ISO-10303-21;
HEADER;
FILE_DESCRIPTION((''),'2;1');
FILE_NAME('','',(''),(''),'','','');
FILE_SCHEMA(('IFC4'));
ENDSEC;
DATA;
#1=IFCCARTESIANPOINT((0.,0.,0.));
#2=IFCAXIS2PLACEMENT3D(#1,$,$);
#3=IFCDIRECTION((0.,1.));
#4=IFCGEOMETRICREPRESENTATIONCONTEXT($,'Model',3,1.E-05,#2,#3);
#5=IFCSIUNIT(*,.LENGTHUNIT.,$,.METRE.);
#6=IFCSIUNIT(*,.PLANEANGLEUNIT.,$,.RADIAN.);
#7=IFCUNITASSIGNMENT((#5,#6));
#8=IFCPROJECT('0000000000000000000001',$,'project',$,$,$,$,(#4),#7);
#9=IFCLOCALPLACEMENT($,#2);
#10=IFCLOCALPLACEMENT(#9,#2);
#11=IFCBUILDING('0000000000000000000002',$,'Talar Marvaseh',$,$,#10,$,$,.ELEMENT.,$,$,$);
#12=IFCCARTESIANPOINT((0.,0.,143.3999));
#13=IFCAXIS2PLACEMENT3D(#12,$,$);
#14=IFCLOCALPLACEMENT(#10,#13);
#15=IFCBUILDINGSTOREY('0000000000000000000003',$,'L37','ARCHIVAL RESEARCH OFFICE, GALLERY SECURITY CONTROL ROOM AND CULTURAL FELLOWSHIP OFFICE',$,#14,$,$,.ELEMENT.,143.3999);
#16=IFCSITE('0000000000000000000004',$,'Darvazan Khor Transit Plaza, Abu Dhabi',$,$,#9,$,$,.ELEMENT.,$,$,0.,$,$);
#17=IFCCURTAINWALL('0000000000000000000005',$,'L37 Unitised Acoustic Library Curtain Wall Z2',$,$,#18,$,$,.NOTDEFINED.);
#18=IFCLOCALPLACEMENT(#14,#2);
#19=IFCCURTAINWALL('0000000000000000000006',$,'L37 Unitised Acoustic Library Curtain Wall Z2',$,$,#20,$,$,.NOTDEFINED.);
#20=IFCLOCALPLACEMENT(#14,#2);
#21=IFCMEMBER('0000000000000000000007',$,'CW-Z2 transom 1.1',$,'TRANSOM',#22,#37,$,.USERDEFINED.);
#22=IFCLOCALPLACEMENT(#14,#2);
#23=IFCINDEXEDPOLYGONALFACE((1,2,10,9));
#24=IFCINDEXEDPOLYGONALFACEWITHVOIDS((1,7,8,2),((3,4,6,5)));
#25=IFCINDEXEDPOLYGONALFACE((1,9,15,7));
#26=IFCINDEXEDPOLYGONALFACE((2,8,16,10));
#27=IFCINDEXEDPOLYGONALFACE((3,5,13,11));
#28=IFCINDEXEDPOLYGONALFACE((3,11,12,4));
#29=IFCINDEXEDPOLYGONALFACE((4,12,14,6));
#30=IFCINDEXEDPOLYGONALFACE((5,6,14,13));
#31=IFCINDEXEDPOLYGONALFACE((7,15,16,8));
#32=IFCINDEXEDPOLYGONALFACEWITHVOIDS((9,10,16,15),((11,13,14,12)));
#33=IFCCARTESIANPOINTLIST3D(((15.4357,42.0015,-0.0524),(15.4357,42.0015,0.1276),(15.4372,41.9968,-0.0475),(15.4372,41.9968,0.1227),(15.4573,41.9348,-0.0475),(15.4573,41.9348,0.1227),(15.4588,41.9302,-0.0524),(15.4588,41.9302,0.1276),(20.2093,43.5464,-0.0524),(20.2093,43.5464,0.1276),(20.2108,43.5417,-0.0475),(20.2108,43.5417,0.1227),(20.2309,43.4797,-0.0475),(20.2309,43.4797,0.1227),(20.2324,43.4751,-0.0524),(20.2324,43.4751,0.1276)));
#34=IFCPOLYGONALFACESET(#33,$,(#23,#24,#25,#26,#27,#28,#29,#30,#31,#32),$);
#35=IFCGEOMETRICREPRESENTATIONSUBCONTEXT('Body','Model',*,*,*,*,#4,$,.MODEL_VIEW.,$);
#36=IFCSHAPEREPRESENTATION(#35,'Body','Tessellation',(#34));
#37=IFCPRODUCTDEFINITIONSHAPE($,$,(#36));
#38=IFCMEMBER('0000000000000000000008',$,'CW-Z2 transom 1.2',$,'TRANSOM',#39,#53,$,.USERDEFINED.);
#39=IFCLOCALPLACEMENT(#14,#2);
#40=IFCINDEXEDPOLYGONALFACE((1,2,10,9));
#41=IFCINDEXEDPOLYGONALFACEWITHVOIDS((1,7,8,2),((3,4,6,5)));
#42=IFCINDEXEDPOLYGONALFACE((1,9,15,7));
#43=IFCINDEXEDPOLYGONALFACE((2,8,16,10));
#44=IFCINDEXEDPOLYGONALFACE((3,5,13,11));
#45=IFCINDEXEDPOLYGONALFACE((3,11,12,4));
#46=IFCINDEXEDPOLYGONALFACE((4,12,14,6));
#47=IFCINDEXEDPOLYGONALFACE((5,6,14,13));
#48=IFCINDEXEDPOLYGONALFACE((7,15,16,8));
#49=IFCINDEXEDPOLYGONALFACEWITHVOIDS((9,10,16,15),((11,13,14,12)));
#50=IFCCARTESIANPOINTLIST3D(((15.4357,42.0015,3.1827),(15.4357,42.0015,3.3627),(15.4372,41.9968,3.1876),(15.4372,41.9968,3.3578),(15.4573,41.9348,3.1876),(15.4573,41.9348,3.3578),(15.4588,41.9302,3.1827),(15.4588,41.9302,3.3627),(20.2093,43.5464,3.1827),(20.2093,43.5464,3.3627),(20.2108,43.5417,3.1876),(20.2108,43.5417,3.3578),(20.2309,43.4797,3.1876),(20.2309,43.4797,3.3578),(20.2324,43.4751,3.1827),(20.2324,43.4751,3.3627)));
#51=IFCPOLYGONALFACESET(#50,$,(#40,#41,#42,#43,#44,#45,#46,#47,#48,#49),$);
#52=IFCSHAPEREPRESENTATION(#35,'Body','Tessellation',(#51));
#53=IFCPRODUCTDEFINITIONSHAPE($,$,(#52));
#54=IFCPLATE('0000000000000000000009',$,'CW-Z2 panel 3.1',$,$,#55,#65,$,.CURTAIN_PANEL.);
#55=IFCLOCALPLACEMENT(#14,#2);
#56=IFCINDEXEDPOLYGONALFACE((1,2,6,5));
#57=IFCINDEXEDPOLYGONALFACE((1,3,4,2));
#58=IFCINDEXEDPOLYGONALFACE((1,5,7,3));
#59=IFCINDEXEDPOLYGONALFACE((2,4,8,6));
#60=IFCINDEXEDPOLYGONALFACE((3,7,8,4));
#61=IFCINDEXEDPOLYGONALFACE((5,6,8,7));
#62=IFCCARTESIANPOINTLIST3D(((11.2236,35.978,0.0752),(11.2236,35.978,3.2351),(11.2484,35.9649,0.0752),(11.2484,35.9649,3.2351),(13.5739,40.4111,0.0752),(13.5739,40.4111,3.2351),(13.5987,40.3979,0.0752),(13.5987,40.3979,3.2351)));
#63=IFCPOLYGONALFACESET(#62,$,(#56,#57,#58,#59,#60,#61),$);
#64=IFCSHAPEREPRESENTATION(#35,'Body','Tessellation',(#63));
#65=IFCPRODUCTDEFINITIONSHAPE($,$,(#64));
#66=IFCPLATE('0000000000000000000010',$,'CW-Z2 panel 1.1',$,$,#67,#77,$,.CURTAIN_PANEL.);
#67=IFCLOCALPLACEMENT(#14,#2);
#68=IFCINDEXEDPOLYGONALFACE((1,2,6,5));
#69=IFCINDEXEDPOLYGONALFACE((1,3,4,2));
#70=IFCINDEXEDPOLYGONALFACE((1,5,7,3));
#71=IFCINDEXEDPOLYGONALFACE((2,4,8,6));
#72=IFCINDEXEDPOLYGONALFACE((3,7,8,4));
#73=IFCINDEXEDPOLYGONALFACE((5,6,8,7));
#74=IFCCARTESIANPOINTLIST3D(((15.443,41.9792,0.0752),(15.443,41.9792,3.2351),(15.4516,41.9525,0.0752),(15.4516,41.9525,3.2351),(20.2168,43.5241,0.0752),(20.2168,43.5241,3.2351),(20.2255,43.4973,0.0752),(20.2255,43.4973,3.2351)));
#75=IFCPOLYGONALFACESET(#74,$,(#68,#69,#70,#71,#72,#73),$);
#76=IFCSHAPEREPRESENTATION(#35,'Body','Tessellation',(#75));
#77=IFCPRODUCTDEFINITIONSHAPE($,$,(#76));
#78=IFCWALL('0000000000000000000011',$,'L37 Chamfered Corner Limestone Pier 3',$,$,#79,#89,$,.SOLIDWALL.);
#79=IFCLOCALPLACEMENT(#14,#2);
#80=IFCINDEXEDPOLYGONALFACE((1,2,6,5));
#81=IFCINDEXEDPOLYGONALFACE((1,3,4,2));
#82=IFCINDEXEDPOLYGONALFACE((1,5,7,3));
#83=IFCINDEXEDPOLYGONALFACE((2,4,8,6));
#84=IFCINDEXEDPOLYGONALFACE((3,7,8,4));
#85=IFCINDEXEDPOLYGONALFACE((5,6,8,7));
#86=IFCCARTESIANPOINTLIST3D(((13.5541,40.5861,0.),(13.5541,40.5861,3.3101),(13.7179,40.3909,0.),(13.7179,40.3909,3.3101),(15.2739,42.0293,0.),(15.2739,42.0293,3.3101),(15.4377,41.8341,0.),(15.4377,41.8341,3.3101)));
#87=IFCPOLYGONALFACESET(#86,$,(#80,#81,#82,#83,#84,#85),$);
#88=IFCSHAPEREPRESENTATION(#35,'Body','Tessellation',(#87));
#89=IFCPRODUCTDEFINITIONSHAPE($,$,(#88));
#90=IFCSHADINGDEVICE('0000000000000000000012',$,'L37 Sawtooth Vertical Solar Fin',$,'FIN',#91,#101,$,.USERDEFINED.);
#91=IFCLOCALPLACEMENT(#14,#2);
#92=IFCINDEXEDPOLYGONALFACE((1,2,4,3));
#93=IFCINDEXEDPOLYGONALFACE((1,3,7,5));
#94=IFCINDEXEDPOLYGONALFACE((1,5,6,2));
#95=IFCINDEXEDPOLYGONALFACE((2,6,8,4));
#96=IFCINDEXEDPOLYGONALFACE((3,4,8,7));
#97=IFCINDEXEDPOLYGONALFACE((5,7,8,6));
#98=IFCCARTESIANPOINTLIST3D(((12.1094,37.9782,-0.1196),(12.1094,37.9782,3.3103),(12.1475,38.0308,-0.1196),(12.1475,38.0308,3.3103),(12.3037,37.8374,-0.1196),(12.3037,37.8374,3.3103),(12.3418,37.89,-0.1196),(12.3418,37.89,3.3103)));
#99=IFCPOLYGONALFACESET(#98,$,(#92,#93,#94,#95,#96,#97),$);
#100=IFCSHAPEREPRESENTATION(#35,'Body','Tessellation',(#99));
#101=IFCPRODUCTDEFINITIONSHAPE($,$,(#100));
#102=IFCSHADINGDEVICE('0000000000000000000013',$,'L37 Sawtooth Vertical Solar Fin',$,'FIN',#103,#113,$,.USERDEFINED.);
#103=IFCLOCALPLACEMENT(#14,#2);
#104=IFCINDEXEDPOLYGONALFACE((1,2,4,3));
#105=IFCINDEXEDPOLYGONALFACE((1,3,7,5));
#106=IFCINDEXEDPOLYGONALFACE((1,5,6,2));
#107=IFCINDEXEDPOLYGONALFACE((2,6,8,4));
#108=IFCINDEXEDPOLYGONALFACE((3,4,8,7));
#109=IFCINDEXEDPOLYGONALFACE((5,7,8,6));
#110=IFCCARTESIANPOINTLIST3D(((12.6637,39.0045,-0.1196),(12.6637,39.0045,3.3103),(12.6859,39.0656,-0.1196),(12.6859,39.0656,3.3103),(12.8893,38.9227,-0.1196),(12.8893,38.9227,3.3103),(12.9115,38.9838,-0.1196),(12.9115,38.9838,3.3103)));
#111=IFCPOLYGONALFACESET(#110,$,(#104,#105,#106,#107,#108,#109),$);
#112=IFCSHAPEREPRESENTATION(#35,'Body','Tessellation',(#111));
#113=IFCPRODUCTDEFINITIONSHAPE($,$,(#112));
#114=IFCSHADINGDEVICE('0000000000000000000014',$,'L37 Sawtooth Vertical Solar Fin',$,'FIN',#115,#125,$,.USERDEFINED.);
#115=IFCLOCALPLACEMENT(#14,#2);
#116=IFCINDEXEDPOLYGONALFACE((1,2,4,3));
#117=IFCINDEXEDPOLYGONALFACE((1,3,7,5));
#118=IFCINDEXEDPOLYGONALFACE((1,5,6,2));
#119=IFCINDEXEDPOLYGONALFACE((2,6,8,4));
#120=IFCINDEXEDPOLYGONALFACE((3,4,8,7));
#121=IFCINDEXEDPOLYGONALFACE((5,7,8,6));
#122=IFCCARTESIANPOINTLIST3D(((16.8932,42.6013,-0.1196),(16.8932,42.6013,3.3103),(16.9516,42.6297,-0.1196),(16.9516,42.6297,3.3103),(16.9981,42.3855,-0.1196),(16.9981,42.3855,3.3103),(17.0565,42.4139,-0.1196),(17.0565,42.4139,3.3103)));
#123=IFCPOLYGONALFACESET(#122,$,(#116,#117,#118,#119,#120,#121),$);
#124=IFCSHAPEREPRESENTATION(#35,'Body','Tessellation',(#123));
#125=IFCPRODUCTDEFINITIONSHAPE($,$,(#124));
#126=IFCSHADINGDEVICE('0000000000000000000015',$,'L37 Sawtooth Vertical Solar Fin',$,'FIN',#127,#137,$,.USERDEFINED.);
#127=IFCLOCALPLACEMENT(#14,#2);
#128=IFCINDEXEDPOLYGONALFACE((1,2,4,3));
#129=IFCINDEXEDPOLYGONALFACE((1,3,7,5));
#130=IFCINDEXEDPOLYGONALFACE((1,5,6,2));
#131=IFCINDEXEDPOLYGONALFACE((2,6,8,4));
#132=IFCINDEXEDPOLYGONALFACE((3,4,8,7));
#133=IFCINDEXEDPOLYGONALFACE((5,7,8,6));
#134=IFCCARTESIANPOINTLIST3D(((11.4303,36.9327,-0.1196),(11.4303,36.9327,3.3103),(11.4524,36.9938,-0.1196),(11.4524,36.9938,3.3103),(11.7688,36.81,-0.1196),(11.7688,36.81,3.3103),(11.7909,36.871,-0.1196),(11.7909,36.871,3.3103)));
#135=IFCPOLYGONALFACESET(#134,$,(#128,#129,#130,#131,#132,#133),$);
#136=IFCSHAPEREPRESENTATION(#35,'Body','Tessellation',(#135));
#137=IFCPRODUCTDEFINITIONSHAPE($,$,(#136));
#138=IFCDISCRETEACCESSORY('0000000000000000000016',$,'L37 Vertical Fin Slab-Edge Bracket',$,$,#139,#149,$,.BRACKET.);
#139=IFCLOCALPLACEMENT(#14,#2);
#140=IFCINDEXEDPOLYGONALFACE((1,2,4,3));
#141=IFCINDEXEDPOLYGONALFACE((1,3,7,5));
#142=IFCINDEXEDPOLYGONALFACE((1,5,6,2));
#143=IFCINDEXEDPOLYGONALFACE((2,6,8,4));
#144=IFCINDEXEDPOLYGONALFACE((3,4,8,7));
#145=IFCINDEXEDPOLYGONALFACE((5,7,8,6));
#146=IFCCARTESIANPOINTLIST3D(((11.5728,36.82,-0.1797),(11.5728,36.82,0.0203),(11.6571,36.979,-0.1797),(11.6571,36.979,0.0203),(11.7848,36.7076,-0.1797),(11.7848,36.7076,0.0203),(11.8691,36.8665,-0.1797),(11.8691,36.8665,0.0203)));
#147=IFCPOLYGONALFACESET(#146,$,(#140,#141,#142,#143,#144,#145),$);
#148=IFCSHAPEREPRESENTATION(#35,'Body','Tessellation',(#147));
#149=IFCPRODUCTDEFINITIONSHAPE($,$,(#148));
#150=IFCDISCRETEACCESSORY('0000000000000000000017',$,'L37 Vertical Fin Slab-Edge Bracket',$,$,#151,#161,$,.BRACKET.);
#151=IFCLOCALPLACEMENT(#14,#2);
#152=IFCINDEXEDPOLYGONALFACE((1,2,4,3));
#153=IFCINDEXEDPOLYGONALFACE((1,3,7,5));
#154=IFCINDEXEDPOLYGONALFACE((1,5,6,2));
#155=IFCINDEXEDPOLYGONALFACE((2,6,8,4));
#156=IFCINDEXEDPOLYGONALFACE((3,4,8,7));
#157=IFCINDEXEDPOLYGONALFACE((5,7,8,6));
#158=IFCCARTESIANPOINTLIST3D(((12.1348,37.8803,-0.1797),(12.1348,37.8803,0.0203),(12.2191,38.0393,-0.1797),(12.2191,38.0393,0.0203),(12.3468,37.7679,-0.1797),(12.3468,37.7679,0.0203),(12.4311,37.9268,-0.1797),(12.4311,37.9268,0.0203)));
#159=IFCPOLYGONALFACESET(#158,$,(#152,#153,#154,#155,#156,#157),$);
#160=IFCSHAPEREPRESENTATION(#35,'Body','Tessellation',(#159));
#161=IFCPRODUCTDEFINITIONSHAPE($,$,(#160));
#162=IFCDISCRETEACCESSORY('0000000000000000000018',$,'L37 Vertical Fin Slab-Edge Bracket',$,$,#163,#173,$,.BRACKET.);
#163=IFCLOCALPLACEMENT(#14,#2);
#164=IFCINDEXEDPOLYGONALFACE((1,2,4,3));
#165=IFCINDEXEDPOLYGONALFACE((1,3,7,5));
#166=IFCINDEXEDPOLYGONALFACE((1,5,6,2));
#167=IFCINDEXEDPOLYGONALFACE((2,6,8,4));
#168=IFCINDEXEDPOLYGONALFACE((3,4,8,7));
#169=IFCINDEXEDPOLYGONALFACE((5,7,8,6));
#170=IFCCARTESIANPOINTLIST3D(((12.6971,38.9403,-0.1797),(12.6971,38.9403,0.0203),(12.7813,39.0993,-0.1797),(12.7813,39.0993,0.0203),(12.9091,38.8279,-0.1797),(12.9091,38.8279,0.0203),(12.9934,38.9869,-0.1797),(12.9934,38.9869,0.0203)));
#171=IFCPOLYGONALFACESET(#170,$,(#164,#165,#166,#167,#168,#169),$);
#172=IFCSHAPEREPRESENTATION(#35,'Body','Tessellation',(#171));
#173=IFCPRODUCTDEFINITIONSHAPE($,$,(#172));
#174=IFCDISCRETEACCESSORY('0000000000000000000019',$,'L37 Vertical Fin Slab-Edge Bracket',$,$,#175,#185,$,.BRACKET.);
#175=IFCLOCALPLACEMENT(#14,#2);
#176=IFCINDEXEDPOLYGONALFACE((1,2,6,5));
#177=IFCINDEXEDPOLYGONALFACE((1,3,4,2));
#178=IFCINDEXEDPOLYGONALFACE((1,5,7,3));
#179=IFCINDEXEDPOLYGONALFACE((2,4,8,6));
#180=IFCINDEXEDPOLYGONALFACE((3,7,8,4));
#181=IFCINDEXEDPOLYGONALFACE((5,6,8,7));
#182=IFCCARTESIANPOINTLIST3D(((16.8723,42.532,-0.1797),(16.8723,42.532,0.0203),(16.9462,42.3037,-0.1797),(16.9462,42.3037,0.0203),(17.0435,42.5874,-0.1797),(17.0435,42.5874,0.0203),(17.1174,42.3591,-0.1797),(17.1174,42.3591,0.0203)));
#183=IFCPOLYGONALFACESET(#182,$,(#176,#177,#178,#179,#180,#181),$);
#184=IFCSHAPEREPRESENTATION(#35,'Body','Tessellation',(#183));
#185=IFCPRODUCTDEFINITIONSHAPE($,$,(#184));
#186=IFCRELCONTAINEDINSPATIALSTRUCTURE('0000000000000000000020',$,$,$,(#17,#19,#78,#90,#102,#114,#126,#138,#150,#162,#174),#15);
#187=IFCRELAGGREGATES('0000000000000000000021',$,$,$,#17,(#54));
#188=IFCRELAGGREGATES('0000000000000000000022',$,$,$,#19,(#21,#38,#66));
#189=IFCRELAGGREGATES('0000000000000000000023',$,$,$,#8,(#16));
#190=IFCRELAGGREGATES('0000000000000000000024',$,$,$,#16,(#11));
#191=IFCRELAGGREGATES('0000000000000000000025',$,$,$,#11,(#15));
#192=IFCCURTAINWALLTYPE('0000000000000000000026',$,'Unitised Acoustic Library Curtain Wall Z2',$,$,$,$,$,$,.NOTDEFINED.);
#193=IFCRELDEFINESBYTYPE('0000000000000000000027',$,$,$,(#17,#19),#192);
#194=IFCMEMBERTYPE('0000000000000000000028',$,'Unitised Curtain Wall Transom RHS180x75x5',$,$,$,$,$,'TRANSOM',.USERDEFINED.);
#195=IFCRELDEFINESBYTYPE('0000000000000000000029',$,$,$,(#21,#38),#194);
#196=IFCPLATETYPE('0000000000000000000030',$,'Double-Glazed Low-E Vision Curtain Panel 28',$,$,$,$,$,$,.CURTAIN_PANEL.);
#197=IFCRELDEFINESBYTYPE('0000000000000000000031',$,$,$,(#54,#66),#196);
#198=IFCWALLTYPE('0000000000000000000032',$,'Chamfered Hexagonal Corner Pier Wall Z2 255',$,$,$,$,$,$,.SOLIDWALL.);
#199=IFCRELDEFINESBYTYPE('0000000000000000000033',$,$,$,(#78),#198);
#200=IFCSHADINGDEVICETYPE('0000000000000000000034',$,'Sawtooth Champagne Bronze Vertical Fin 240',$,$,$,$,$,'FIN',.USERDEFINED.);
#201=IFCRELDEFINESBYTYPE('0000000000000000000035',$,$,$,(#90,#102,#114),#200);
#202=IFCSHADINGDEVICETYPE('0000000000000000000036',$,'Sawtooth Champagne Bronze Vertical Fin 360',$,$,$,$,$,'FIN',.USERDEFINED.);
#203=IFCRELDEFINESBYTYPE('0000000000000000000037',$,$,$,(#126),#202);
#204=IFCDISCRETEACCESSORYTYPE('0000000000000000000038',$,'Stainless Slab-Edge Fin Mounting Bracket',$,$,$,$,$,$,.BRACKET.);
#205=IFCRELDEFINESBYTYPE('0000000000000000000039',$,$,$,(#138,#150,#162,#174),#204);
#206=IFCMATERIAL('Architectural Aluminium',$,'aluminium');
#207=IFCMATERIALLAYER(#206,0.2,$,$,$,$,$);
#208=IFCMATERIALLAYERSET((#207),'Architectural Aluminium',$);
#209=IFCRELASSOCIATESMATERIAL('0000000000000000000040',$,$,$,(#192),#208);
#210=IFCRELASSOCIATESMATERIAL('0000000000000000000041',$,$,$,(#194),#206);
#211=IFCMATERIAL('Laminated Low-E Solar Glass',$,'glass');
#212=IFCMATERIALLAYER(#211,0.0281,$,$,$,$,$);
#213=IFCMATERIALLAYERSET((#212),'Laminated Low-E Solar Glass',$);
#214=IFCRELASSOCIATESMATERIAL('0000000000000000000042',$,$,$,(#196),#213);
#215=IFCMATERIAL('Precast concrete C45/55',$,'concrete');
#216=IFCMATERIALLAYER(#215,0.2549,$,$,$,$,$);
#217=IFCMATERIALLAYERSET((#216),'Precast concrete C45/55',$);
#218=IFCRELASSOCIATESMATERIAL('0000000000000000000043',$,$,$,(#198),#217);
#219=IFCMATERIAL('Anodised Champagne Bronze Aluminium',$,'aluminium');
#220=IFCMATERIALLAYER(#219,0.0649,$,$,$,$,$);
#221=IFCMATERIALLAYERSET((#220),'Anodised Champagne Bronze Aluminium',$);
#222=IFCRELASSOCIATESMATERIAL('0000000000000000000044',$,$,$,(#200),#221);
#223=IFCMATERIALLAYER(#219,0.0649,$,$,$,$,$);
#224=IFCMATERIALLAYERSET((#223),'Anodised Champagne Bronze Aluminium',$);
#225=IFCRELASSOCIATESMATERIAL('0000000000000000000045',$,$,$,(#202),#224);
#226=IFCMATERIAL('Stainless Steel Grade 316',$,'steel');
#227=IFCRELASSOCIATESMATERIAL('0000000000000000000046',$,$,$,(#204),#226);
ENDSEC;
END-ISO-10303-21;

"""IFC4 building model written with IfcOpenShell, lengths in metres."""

from ifc_helpers import new_model, si_unit, direction, frame, frame_2d, origin, origin_2d, place, context, subcontext, project, spatial, rectangle, hollow_rectangle, extrude, source, transform, mapped, material, layer, layer_set, material_profile, profile_set, type_object, type_shapes, element, aggregate, save


model = new_model("IFC4")

# Units and contexts
model_context = context("Model", 3, precision=1e-05, world=origin(), true_north=direction((0.0, 1.0)))
body_context = subcontext(model_context, "Body", "Model", "MODEL_VIEW")
ifc_project = project(units=[si_unit("LENGTHUNIT", "METRE"), si_unit("PLANEANGLEUNIT", "RADIAN")], contexts=[model_context])

# Site, building, storey
site_placement = place(None, origin())
site = spatial("IfcSite", under=ifc_project, at=site_placement, Name="Darvazan Khor Transit Plaza, Abu Dhabi", CompositionType="ELEMENT", RefElevation=0.0)
building_placement = place(site_placement, origin())
building = spatial("IfcBuilding", under=site, at=building_placement, Name="Talar Marvaseh", CompositionType="ELEMENT")
storey_placement = place(building_placement, frame((0.0, 0.0, 143.3999)))
storey = spatial("IfcBuildingStorey", under=building, at=storey_placement, Name="L37", Description="ARCHIVAL RESEARCH OFFICE, GALLERY SECURITY CONTROL ROOM AND CULTURAL FELLOWSHIP OFFICE", CompositionType="ELEMENT", Elevation=143.3999)

# Curtain walls
ifc_material_1 = material(Name="Architectural Aluminium", Category="aluminium")
ifc_layer_1 = layer(ifc_material_1, 0.2)
ifc_layer_set_1 = layer_set([ifc_layer_1], Name="Architectural Aluminium")
curtain_wall_type = type_object("IfcCurtainWallType", Name="Unitised Acoustic Library Curtain Wall Z2", PredefinedType="NOTDEFINED", material=ifc_layer_set_1)
curtain_wall_1_placement = place(storey_placement, origin())
curtain_wall_1 = element("IfcCurtainWall", 1, at=curtain_wall_1_placement, inside=storey, type_object=curtain_wall_type, Name="L37 Unitised Acoustic Library Curtain Wall Z2", PredefinedType="NOTDEFINED")
curtain_wall_2_placement = place(storey_placement, origin())
curtain_wall_2 = element("IfcCurtainWall", 2, at=curtain_wall_2_placement, inside=storey, type_object=curtain_wall_type, Name="L37 Unitised Acoustic Library Curtain Wall Z2", PredefinedType="NOTDEFINED")

# Members
ifc_material_profile_1 = material_profile(ifc_material_1, hollow_rectangle(XDim=0.075, YDim=0.1799, WallThickness=0.0049, at=origin_2d()), Name="RHS180x75x5")
ifc_profile_set_1 = profile_set([ifc_material_profile_1], Name="Architectural Aluminium")
member_type_1 = type_object("IfcMemberType", Name="Unitised Curtain Wall Transom RHS180x75x5", ElementType="TRANSOM", PredefinedType="USERDEFINED", material=ifc_profile_set_1)
shared_shape_1 = source(origin(), body_context, "Body", "SweptSolid", [
    extrude(hollow_rectangle(XDim=0.075, YDim=0.1799, WallThickness=0.0049, at=origin_2d()), origin(), (0.0, 0.0, 1.0), 5.0173),
])
member_1_placement = place(storey_placement, frame((15.4473, 41.9658, 0.0376), z_axis=(0.951416, 0.30791, 0.0), x_axis=(-0.30791, 0.951416, 0.0)))
member_1 = element("IfcMember", 3, at=member_1_placement, type_object=member_type_1, Name="CW-Z2 transom 1.1", ObjectType="TRANSOM", PredefinedType="USERDEFINED", context=body_context, shape_type="MappedRepresentation", body=[
    mapped(shared_shape_1, transform((0.0, 0.0, 0.0), x_axis=(1.0, 0.0, 0.0), y_axis=(0.0, 1.0, 0.0), z_axis=(0.0, 0.0, 1.0), scale=1.0)),
])
member_2_placement = place(storey_placement, frame((15.4473, 41.9658, 3.2727), z_axis=(0.951416, 0.30791, 0.0), x_axis=(-0.30791, 0.951416, 0.0)))
member_2 = element("IfcMember", 4, at=member_2_placement, type_object=member_type_1, Name="CW-Z2 transom 1.2", ObjectType="TRANSOM", PredefinedType="USERDEFINED", context=body_context, shape_type="MappedRepresentation", body=[
    mapped(shared_shape_1, transform((0.0, 0.0, 0.0), x_axis=(1.0, 0.0, 0.0), y_axis=(0.0, 1.0, 0.0), z_axis=(0.0, 0.0, 1.0), scale=1.0)),
])

# Plates
ifc_material_2 = material(Name="Laminated Low-E Solar Glass", Category="glass")
ifc_layer_2 = layer(ifc_material_2, 0.0281)
ifc_layer_set_2 = layer_set([ifc_layer_2], Name="Laminated Low-E Solar Glass")
plate_type = type_object("IfcPlateType", Name="Double-Glazed Low-E Vision Curtain Panel 28", PredefinedType="CURTAIN_PANEL", material=ifc_layer_set_2)
shared_shape_2 = source(origin(), body_context, "Body", "SweptSolid", [
    extrude(rectangle(XDim=5.0176, YDim=0.0281, at=origin_2d()), origin(), (0.0, 0.0, 1.0), 3.1599),
])
type_shapes(plate_type, [shared_shape_2])
plate_1_placement = place(storey_placement, frame((12.4111, 38.188, 0.0752), z_axis=(0.0, 0.0, 1.0), x_axis=(0.468422, 0.883505, 0.0)))
plate_1 = element("IfcPlate", 5, at=plate_1_placement, type_object=plate_type, Name="CW-Z2 panel 3.1", PredefinedType="CURTAIN_PANEL", context=body_context, shape_type="MappedRepresentation", body=[
    mapped(shared_shape_2, transform((0.0, 0.0, 0.0), x_axis=(1.0, 0.0, 0.0), y_axis=(0.0, 1.0, 0.0), z_axis=(0.0, 0.0, 1.0), scale=1.0)),
])
aggregate(curtain_wall_1, [plate_1])
plate_2_placement = place(storey_placement, frame((17.8342, 42.7383, 0.0752), z_axis=(0.0, 0.0, 1.0), x_axis=(0.951423, 0.307886, 0.0)))
plate_2 = element("IfcPlate", 6, at=plate_2_placement, type_object=plate_type, Name="CW-Z2 panel 1.1", PredefinedType="CURTAIN_PANEL", context=body_context, shape_type="MappedRepresentation", body=[
    mapped(shared_shape_2, transform((0.0, 0.0, 0.0), x_axis=(1.0, 0.0, 0.0), y_axis=(0.0, 1.0, 0.0), z_axis=(0.0, 0.0, 1.0), scale=1.0)),
])
aggregate(curtain_wall_2, [member_1, member_2, plate_2])

# Wall
ifc_material_3 = material(Name="Precast concrete C45/55", Category="concrete")
ifc_layer_3 = layer(ifc_material_3, 0.2549)
ifc_layer_set_3 = layer_set([ifc_layer_3], Name="Precast concrete C45/55")
wall_type = type_object("IfcWallType", Name="Chamfered Hexagonal Corner Pier Wall Z2 255", PredefinedType="SOLIDWALL", material=ifc_layer_set_3)
wall_placement = place(storey_placement, frame((13.636, 40.4885, 0.0), z_axis=(0.0, 0.0, 1.0), x_axis=(0.766024, 0.642812, 0.0)))
element("IfcWall", 7, at=wall_placement, inside=storey, type_object=wall_type, Name="L37 Chamfered Corner Limestone Pier 3", PredefinedType="SOLIDWALL", context=body_context, shape_type="SweptSolid", body=[
    extrude(rectangle(XDim=2.2451, YDim=0.2549, at=frame_2d((1.1226, 0.0))), origin(), (0.0, 0.0, 1.0), 3.3101),
])

# Shading devices
ifc_material_4 = material(Name="Anodised Champagne Bronze Aluminium", Category="aluminium")
ifc_layer_4 = layer(ifc_material_4, 0.0649)
ifc_layer_set_4 = layer_set([ifc_layer_4], Name="Anodised Champagne Bronze Aluminium")
shading_device_type_1 = type_object("IfcShadingDeviceType", Name="Sawtooth Champagne Bronze Vertical Fin 240", ElementType="FIN", PredefinedType="USERDEFINED", material=ifc_layer_set_4)
shared_shape_3 = source(origin(), body_context, "Body", "SweptSolid", [
    extrude(rectangle(XDim=0.24, YDim=0.0649, at=origin_2d()), origin(), (0.0, 0.0, 1.0), 3.4299),
])
type_shapes(shading_device_type_1, [shared_shape_3])
for number, where, z_axis, x_axis, name in (
    (8, (12.2256, 37.9341, -0.1196), (0.0, 0.0, 1.0), (-0.809735, 0.586796, 0.0), "L37 Sawtooth Vertical Solar Fin"),
    (9, (12.7876, 38.9941, -0.1196), (0.0, 0.0, 1.0), (-0.94011, 0.340872, 0.0), "L37 Sawtooth Vertical Solar Fin"),
    (10, (16.9749, 42.5076, -0.1196), (0.0, 0.0, 1.0), (-0.437273, 0.899329, 0.0), "L37 Sawtooth Vertical Solar Fin"),
):
    element("IfcShadingDevice", number, at=place(storey_placement, frame(where, z_axis=z_axis, x_axis=x_axis)), inside=storey, type_object=shading_device_type_1, Name=name, ObjectType="FIN", PredefinedType="USERDEFINED", context=body_context, shape_type="MappedRepresentation", body=[
        mapped(shared_shape_3, transform((0.0, 0.0, 0.0), x_axis=(1.0, 0.0, 0.0), y_axis=(0.0, 1.0, 0.0), z_axis=(0.0, 0.0, 1.0), scale=1.0)),
    ])
ifc_layer_5 = layer(ifc_material_4, 0.0649)
ifc_layer_set_5 = layer_set([ifc_layer_5], Name="Anodised Champagne Bronze Aluminium")
shading_device_type_2 = type_object("IfcShadingDeviceType", Name="Sawtooth Champagne Bronze Vertical Fin 360", ElementType="FIN", PredefinedType="USERDEFINED", material=ifc_layer_set_5)
shared_shape_4 = source(origin(), body_context, "Body", "SweptSolid", [
    extrude(rectangle(XDim=0.3601, YDim=0.0649, at=origin_2d()), origin(), (0.0, 0.0, 1.0), 3.4299),
])
type_shapes(shading_device_type_2, [shared_shape_4])
shading_device_placement = place(storey_placement, frame((11.6106, 36.9019, -0.1196), z_axis=(0.0, 0.0, 1.0), x_axis=(-0.94011, 0.340872, 0.0)))
element("IfcShadingDevice", 11, at=shading_device_placement, inside=storey, type_object=shading_device_type_2, Name="L37 Sawtooth Vertical Solar Fin", ObjectType="FIN", PredefinedType="USERDEFINED", context=body_context, shape_type="MappedRepresentation", body=[
    mapped(shared_shape_4, transform((0.0, 0.0, 0.0), x_axis=(1.0, 0.0, 0.0), y_axis=(0.0, 1.0, 0.0), z_axis=(0.0, 0.0, 1.0), scale=1.0)),
])

# Discrete accessories
ifc_material_5 = material(Name="Stainless Steel Grade 316", Category="steel")
discrete_accessory_type = type_object("IfcDiscreteAccessoryType", Name="Stainless Slab-Edge Fin Mounting Bracket", PredefinedType="BRACKET", material=ifc_material_5)
shared_shape_5 = source(origin(), body_context, "Body", "SweptSolid", [
    extrude(rectangle(XDim=0.24, YDim=0.1799, at=origin_2d()), origin(), (0.0, 0.0, 1.0), 0.2),
])
type_shapes(discrete_accessory_type, [shared_shape_5])
for number, where, z_axis, x_axis, name in (
    (12, (11.7209, 36.8433, -0.1797), (0.0, 0.0, 1.0), (-0.883521, 0.468392, 0.0), "L37 Vertical Fin Slab-Edge Bracket"),
    (13, (12.283, 37.9036, -0.1797), (0.0, 0.0, 1.0), (-0.883521, 0.468392, 0.0), "L37 Vertical Fin Slab-Edge Bracket"),
    (14, (12.8452, 38.9636, -0.1797), (0.0, 0.0, 1.0), (-0.883521, 0.468392, 0.0), "L37 Vertical Fin Slab-Edge Bracket"),
    (15, (16.9949, 42.4456, -0.1797), (0.0, 0.0, 1.0), (-0.307855, 0.951433, 0.0), "L37 Vertical Fin Slab-Edge Bracket"),
):
    element("IfcDiscreteAccessory", number, at=place(storey_placement, frame(where, z_axis=z_axis, x_axis=x_axis)), inside=storey, type_object=discrete_accessory_type, Name=name, PredefinedType="BRACKET", context=body_context, shape_type="MappedRepresentation", body=[
        mapped(shared_shape_5, transform((0.0, 0.0, 0.0), x_axis=(1.0, 0.0, 0.0), y_axis=(0.0, 1.0, 0.0), z_axis=(0.0, 0.0, 1.0), scale=1.0)),
    ])

save(model, "model.ifc")
